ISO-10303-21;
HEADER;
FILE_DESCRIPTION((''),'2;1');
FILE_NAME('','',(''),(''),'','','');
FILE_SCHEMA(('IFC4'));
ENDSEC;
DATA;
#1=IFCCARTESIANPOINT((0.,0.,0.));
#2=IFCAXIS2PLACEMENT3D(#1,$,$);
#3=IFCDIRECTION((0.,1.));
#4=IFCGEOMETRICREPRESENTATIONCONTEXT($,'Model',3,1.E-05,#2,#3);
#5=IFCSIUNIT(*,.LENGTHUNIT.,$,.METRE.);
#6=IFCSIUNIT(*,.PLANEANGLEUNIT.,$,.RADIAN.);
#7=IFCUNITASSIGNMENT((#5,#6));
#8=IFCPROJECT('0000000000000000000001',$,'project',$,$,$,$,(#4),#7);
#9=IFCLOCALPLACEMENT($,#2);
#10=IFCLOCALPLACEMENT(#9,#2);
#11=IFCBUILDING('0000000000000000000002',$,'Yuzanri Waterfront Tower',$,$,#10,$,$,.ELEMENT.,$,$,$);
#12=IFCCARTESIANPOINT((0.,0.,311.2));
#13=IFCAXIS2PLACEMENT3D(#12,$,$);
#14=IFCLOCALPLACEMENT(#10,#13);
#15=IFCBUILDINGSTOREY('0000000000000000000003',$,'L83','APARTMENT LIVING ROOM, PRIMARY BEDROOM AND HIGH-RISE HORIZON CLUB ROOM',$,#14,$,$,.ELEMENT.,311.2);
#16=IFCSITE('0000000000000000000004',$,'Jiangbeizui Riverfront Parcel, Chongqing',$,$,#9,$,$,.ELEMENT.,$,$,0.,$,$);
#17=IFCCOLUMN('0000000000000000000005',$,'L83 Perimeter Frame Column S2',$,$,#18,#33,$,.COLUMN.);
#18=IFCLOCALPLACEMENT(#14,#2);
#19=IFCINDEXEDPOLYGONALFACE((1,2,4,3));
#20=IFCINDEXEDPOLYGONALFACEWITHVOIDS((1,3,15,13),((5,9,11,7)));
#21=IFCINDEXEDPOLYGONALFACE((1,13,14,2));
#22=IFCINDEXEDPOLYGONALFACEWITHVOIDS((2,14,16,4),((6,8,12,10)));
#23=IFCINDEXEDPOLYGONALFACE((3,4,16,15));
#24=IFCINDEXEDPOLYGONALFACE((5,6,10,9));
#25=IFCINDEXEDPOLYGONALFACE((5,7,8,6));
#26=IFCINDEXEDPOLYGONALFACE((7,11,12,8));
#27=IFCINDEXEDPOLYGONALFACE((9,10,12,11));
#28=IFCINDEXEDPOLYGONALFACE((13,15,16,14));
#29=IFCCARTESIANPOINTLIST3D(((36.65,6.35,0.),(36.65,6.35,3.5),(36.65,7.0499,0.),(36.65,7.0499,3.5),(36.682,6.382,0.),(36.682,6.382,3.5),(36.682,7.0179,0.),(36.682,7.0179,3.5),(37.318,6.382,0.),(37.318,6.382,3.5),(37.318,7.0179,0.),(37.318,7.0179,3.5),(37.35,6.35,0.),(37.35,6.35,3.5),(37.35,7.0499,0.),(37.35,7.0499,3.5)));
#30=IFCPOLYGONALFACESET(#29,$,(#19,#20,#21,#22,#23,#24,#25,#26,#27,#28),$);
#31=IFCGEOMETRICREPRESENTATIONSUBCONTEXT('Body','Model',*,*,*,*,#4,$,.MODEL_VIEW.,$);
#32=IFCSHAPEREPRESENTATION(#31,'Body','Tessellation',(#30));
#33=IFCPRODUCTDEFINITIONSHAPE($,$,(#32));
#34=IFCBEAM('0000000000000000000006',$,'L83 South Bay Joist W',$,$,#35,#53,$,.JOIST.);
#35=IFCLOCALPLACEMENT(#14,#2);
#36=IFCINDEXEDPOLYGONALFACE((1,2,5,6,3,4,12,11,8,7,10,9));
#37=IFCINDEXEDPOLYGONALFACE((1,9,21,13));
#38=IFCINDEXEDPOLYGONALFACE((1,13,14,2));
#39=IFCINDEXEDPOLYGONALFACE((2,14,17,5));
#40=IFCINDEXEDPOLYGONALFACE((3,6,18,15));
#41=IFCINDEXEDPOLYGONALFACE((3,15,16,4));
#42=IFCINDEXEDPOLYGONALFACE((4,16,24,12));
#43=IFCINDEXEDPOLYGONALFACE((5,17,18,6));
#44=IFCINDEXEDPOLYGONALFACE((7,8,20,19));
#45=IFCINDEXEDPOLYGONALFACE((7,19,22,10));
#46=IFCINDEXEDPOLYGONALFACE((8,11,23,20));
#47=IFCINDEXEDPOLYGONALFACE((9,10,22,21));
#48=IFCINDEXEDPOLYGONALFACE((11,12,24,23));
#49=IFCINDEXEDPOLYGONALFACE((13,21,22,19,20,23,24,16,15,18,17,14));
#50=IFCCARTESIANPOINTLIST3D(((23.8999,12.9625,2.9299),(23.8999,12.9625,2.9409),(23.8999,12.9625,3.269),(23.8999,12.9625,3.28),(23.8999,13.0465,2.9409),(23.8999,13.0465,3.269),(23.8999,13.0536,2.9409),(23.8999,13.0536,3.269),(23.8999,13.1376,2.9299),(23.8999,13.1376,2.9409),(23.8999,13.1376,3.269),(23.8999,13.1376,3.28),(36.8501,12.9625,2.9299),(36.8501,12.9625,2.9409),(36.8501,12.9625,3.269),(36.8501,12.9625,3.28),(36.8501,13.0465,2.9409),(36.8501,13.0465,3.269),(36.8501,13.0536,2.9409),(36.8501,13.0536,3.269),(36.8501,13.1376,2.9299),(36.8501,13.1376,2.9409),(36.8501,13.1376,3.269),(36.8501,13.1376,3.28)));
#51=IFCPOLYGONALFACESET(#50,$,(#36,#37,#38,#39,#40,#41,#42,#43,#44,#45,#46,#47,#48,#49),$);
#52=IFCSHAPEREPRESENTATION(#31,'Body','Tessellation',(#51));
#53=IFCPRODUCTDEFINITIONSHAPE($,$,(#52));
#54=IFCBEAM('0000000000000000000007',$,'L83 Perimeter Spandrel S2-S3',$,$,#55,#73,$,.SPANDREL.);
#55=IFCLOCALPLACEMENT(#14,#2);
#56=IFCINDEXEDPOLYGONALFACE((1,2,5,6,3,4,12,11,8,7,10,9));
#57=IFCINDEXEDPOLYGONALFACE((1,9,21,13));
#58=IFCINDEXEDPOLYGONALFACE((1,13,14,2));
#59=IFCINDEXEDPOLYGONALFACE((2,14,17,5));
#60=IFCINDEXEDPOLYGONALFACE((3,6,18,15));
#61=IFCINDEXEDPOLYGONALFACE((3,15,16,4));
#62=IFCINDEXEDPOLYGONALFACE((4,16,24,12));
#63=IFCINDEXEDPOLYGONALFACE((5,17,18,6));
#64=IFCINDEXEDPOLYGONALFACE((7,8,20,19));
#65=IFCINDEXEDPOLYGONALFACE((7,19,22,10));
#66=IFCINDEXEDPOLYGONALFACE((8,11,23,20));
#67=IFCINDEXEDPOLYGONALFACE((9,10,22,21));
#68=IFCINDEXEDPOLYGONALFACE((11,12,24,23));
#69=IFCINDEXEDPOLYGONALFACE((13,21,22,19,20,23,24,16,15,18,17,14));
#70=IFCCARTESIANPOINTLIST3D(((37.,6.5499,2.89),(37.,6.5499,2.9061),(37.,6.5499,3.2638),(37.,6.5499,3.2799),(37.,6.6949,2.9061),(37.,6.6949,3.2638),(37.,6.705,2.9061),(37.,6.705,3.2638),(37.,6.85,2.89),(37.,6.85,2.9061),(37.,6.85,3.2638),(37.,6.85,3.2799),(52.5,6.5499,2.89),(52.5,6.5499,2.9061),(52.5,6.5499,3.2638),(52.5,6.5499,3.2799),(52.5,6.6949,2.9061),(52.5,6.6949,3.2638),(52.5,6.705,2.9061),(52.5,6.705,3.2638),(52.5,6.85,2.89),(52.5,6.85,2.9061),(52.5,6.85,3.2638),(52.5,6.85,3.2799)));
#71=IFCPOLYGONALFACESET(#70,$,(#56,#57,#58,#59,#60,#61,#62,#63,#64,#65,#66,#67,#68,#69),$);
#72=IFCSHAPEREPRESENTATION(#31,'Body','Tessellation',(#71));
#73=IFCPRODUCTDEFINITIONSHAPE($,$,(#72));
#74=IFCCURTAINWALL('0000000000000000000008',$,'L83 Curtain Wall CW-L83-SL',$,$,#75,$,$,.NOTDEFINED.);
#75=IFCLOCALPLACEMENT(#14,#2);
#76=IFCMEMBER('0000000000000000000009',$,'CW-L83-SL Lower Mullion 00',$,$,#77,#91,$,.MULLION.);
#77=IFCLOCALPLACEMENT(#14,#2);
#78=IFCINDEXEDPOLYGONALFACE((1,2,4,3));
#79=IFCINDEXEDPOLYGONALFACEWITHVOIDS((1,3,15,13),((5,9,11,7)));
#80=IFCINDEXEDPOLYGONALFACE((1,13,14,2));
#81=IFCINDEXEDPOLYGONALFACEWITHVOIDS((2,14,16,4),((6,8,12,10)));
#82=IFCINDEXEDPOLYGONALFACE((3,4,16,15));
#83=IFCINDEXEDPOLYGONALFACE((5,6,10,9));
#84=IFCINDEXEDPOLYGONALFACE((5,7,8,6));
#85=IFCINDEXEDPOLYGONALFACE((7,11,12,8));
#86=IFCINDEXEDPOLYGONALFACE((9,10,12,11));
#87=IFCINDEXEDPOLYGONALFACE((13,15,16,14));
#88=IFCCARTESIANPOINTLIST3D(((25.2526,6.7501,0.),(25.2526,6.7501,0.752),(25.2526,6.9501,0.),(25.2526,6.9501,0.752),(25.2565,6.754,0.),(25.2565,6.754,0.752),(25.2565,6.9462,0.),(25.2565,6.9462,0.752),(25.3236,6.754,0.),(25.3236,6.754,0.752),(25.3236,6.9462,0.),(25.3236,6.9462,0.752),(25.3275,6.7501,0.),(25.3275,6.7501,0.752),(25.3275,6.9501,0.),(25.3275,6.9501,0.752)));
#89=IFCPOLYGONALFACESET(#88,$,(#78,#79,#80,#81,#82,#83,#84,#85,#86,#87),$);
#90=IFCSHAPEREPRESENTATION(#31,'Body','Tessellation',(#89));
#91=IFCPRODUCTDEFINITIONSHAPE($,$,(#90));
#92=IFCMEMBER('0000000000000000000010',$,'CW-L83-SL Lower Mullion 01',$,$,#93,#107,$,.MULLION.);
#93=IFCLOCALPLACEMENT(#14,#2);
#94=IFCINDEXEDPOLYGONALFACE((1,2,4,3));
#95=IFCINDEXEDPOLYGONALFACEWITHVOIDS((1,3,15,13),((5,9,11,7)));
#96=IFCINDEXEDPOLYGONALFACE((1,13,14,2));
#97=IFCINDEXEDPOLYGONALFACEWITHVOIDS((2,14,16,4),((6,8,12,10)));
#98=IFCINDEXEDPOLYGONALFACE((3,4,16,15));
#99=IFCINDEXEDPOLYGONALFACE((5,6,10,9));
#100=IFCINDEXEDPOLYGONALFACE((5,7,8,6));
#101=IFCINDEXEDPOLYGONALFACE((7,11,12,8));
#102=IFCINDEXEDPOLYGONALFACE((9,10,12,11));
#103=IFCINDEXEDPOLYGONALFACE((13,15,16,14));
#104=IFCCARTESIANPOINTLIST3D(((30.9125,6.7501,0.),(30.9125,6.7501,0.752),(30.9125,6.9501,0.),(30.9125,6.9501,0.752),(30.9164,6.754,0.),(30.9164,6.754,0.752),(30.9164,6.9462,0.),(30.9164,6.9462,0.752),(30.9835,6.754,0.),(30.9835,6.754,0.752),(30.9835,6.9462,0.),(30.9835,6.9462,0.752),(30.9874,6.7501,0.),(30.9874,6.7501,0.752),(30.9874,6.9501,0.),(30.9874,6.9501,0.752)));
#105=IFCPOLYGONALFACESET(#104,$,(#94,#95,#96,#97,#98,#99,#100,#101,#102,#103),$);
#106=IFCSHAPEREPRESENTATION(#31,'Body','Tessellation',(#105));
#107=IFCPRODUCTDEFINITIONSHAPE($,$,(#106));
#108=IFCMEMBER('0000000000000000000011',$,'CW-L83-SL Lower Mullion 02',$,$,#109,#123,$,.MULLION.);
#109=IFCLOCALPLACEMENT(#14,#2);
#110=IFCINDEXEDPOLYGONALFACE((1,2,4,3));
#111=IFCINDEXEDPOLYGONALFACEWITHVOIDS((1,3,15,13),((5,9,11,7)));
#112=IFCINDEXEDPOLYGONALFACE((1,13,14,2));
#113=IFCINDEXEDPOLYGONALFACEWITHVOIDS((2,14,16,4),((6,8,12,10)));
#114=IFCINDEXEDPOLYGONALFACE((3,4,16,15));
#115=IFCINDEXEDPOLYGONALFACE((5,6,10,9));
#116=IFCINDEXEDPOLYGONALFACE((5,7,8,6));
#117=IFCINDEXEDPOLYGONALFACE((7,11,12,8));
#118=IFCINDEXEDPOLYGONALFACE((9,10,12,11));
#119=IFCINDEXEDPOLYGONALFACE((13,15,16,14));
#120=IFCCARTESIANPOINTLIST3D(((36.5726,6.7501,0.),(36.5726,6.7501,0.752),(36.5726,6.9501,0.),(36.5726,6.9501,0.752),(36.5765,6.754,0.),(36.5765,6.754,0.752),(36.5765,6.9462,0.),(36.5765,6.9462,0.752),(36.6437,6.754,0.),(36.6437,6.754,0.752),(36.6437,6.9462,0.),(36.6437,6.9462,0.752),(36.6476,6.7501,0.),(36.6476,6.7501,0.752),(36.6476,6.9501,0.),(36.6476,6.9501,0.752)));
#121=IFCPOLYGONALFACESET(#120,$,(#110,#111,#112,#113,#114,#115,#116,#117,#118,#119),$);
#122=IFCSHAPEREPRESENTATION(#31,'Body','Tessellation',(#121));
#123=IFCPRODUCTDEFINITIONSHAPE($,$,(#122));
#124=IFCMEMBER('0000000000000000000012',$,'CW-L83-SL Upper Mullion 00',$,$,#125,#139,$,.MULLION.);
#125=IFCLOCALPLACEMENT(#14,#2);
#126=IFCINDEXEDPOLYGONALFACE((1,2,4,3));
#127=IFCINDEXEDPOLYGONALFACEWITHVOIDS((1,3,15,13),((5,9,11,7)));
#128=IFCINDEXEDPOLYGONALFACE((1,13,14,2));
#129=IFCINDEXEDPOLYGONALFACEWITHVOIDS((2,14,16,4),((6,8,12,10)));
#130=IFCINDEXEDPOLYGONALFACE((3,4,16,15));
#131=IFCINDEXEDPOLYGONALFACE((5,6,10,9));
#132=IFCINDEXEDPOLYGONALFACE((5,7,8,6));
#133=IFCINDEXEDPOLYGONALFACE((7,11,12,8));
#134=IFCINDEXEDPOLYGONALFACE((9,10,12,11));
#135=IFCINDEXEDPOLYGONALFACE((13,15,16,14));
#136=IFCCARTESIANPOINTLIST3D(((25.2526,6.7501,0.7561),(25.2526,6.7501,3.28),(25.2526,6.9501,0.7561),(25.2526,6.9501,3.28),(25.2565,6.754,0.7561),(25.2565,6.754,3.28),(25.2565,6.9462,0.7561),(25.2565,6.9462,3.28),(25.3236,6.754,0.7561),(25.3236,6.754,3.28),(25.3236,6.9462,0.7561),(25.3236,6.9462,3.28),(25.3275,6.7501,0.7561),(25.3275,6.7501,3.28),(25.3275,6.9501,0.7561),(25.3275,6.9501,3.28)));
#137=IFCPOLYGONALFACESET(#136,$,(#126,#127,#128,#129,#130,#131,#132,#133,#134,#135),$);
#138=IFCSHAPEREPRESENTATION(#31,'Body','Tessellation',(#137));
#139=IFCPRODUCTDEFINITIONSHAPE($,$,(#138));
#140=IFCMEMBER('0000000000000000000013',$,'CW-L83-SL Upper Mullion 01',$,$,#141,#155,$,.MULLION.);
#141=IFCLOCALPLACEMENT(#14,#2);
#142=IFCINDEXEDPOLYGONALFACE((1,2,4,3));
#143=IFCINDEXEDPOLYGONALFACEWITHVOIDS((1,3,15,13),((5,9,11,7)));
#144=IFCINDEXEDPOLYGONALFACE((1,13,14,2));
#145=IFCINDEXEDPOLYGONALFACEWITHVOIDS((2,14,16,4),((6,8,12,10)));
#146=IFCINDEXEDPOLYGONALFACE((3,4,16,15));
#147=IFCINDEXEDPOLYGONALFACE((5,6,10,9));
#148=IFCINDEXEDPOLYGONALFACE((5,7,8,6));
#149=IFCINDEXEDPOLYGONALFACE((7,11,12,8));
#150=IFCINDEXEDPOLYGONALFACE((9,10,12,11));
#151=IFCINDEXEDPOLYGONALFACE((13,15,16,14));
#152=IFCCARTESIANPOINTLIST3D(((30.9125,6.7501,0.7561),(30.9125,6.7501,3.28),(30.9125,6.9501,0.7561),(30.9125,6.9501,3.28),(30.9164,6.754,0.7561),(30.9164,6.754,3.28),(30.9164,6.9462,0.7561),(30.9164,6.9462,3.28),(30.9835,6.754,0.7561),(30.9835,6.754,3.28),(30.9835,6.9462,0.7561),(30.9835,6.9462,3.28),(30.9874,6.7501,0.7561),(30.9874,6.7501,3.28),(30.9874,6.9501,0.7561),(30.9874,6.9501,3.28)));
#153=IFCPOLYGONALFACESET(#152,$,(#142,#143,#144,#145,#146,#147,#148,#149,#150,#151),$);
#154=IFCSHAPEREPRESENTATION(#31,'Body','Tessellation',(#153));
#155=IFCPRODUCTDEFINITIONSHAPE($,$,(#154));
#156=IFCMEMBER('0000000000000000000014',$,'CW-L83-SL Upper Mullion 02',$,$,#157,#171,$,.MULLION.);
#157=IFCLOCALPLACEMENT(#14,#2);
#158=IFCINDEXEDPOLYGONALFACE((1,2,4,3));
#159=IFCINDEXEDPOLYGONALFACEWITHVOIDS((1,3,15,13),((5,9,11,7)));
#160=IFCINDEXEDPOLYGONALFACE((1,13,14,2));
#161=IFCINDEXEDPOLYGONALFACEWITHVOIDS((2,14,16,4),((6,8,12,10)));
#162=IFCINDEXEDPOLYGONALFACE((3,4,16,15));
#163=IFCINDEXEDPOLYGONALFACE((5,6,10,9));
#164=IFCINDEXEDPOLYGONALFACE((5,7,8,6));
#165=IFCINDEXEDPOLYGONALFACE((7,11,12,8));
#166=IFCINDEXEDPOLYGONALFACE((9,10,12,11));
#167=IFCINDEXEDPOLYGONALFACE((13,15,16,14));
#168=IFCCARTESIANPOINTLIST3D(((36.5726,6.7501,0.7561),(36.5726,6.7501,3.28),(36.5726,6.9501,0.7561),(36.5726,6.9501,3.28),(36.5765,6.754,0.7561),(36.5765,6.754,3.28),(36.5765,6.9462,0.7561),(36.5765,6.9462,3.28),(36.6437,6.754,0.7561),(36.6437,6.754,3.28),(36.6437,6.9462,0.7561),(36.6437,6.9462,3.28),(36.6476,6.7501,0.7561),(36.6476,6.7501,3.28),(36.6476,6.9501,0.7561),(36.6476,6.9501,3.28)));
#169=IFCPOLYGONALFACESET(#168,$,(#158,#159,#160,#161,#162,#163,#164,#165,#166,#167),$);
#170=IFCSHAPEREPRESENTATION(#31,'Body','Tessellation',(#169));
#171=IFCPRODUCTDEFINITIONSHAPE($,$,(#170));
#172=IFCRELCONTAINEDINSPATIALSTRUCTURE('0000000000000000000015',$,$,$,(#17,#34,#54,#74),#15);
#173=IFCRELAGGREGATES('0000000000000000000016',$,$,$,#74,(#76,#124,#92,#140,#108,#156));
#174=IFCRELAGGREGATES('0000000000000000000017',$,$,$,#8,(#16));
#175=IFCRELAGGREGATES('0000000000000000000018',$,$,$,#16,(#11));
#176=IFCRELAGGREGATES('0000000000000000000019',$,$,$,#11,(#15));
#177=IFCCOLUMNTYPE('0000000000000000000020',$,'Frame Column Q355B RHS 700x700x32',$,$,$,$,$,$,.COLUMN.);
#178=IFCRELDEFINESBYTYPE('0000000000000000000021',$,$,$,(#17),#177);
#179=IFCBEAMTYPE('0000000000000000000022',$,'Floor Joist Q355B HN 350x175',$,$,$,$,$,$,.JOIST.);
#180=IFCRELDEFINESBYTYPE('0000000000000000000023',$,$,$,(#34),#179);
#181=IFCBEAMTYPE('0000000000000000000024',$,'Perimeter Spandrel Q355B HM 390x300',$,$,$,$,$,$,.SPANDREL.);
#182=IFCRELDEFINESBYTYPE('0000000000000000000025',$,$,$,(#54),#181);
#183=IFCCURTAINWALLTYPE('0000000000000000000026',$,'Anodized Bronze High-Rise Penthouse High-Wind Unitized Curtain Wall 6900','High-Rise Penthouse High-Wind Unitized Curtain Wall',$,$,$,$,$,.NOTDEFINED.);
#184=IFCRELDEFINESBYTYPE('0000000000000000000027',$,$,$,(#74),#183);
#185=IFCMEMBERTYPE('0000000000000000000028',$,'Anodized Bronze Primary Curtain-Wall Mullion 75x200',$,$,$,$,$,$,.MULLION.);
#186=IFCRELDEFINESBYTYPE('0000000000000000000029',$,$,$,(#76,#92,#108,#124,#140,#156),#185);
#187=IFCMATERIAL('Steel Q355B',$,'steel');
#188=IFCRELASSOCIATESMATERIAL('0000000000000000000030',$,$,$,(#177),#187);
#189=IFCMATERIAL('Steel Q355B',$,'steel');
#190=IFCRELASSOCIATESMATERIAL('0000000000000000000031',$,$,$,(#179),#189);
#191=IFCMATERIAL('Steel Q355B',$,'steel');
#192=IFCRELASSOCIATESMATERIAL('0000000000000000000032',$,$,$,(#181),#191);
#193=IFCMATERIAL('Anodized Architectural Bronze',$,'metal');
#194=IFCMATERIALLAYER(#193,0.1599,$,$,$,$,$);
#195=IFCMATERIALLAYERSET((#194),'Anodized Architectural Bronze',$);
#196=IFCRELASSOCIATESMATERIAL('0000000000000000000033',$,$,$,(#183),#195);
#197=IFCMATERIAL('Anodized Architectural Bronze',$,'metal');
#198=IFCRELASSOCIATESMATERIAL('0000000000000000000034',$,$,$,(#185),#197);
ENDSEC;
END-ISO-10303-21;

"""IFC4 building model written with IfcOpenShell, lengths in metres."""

from ifc_helpers import new_model, si_unit, direction, frame, origin, origin_2d, place, context, subcontext, project, spatial, hollow_rectangle, i_section, extrude, source, transform, mapped, material, layer, layer_set, material_profile, profile_set, type_object, element, aggregate, save


model = new_model("IFC4")

# Units and contexts
model_context = context("Model", 3, precision=1e-05, world=origin(), true_north=direction((0.0, 1.0)))
body_context = subcontext(model_context, "Body", "Model", "MODEL_VIEW")
ifc_project = project(units=[si_unit("LENGTHUNIT", "METRE"), si_unit("PLANEANGLEUNIT", "RADIAN")], contexts=[model_context])

# Site, building, storey
site_placement = place(None, origin())
site = spatial("IfcSite", under=ifc_project, at=site_placement, Name="Jiangbeizui Riverfront Parcel, Chongqing", CompositionType="ELEMENT", RefElevation=0.0)
building_placement = place(site_placement, origin())
building = spatial("IfcBuilding", under=site, at=building_placement, Name="Yuzanri Waterfront Tower", CompositionType="ELEMENT")
storey_placement = place(building_placement, frame((0.0, 0.0, 311.2)))
storey = spatial("IfcBuildingStorey", under=building, at=storey_placement, Name="L83", Description="APARTMENT LIVING ROOM, PRIMARY BEDROOM AND HIGH-RISE HORIZON CLUB ROOM", CompositionType="ELEMENT", Elevation=311.2)

# Column
ifc_material_1 = material(Name="Steel Q355B", Category="steel")
ifc_material_profile_1 = material_profile(ifc_material_1, hollow_rectangle(XDim=0.7, YDim=0.7, WallThickness=0.032, at=origin_2d()), Name="RHS 700x700x32")
ifc_profile_set_1 = profile_set([ifc_material_profile_1], Name="Steel Q355B")
column_type = type_object("IfcColumnType", Name="Frame Column Q355B RHS 700x700x32", PredefinedType="COLUMN", material=ifc_profile_set_1)
shared_shape_1 = source(origin(), body_context, "Body", "SweptSolid", [
    extrude(hollow_rectangle(XDim=0.7, YDim=0.7, WallThickness=0.032, at=origin_2d()), origin(), (0.0, 0.0, 1.0), 3.5),
])
column_placement = place(storey_placement, frame((37.0, 6.7, 0.0), z_axis=(0.0, 0.0, 1.0), x_axis=(1.0, 0.0, 0.0)))
element("IfcColumn", 1, at=column_placement, inside=storey, type_object=column_type, Name="L83 Perimeter Frame Column S2", PredefinedType="COLUMN", context=body_context, shape_type="MappedRepresentation", body=[
    mapped(shared_shape_1, transform((0.0, 0.0, 0.0), scale=1.0)),
])

# Beams
ifc_material_2 = material(Name="Steel Q355B", Category="steel")
ifc_material_profile_2 = material_profile(ifc_material_2, i_section(OverallWidth=0.175, OverallDepth=0.3501, WebThickness=0.0071, FlangeThickness=0.011, at=origin_2d()), Name="HN 350x175x7x11")
ifc_profile_set_2 = profile_set([ifc_material_profile_2], Name="Steel Q355B")
beam_type_1 = type_object("IfcBeamType", Name="Floor Joist Q355B HN 350x175", PredefinedType="JOIST", material=ifc_profile_set_2)
shared_shape_2 = source(origin(), body_context, "Body", "SweptSolid", [
    extrude(i_section(OverallWidth=0.175, OverallDepth=0.3501, WebThickness=0.0071, FlangeThickness=0.011, at=origin_2d()), origin(), (0.0, 0.0, 1.0), 12.9502),
])
beam_1_placement = place(storey_placement, frame((23.8999, 13.05, 3.105), z_axis=(1.0, 0.0, 0.0), x_axis=(0.0, 1.0, 0.0)))
element("IfcBeam", 2, at=beam_1_placement, inside=storey, type_object=beam_type_1, Name="L83 South Bay Joist W", PredefinedType="JOIST", context=body_context, shape_type="MappedRepresentation", body=[
    mapped(shared_shape_2, transform((0.0, 0.0, 0.0), scale=1.0)),
])
ifc_material_3 = material(Name="Steel Q355B", Category="steel")
ifc_material_profile_3 = material_profile(ifc_material_3, i_section(OverallWidth=0.3, OverallDepth=0.3899, WebThickness=0.01, FlangeThickness=0.0161, at=origin_2d()), Name="HM 390x300x10x16")
ifc_profile_set_3 = profile_set([ifc_material_profile_3], Name="Steel Q355B")
beam_type_2 = type_object("IfcBeamType", Name="Perimeter Spandrel Q355B HM 390x300", PredefinedType="SPANDREL", material=ifc_profile_set_3)
shared_shape_3 = source(origin(), body_context, "Body", "SweptSolid", [
    extrude(i_section(OverallWidth=0.3, OverallDepth=0.3899, WebThickness=0.01, FlangeThickness=0.0161, at=origin_2d()), origin(), (0.0, 0.0, 1.0), 15.5),
])
beam_2_placement = place(storey_placement, frame((37.0, 6.7, 3.085), z_axis=(1.0, 0.0, 0.0), x_axis=(0.0, 1.0, 0.0)))
element("IfcBeam", 3, at=beam_2_placement, inside=storey, type_object=beam_type_2, Name="L83 Perimeter Spandrel S2-S3", PredefinedType="SPANDREL", context=body_context, shape_type="MappedRepresentation", body=[
    mapped(shared_shape_3, transform((0.0, 0.0, 0.0), scale=1.0)),
])

# Curtain wall, members
ifc_material_4 = material(Name="Anodized Architectural Bronze", Category="metal")
ifc_layer_1 = layer(ifc_material_4, 0.1599)
ifc_layer_set_1 = layer_set([ifc_layer_1], Name="Anodized Architectural Bronze")
curtain_wall_type = type_object("IfcCurtainWallType", Name="Anodized Bronze High-Rise Penthouse High-Wind Unitized Curtain Wall 6900", Description="High-Rise Penthouse High-Wind Unitized Curtain Wall", PredefinedType="NOTDEFINED", material=ifc_layer_set_1)
curtain_wall_placement = place(storey_placement, origin())
curtain_wall = element("IfcCurtainWall", 4, at=curtain_wall_placement, inside=storey, type_object=curtain_wall_type, Name="L83 Curtain Wall CW-L83-SL", PredefinedType="NOTDEFINED")
ifc_material_5 = material(Name="Anodized Architectural Bronze", Category="metal")
ifc_material_profile_4 = material_profile(ifc_material_5, hollow_rectangle(XDim=0.075, YDim=0.2, WallThickness=0.0039, at=origin_2d()), Name="CWM 75x200")
ifc_profile_set_4 = profile_set([ifc_material_profile_4], Name="Anodized Architectural Bronze")
member_type_1 = type_object("IfcMemberType", Name="Anodized Bronze Primary Curtain-Wall Mullion 75x200", PredefinedType="MULLION", material=ifc_profile_set_4)
shared_shape_4 = source(origin(), body_context, "Body", "SweptSolid", [
    extrude(hollow_rectangle(XDim=0.075, YDim=0.2, WallThickness=0.0039, at=origin_2d()), origin(), (0.0, 0.0, 1.0), 0.752),
])
member_1_placement = place(storey_placement, frame((25.29, 6.8501, 0.0), z_axis=(0.0, 0.0, 1.0), x_axis=(1.0, 0.0, 0.0)))
member_1 = element("IfcMember", 5, at=member_1_placement, type_object=member_type_1, Name="CW-L83-SL Lower Mullion 00", PredefinedType="MULLION", context=body_context, shape_type="MappedRepresentation", body=[
    mapped(shared_shape_4, transform((0.0, 0.0, 0.0), scale=1.0)),
])
member_2_placement = place(storey_placement, frame((30.95, 6.8501, 0.0), z_axis=(0.0, 0.0, 1.0), x_axis=(1.0, 0.0, 0.0)))
member_2 = element("IfcMember", 6, at=member_2_placement, type_object=member_type_1, Name="CW-L83-SL Lower Mullion 01", PredefinedType="MULLION", context=body_context, shape_type="MappedRepresentation", body=[
    mapped(shared_shape_4, transform((0.0, 0.0, 0.0), scale=1.0)),
])
member_3_placement = place(storey_placement, frame((36.6101, 6.8501, 0.0), z_axis=(0.0, 0.0, 1.0), x_axis=(1.0, 0.0, 0.0)))
member_3 = element("IfcMember", 7, at=member_3_placement, type_object=member_type_1, Name="CW-L83-SL Lower Mullion 02", PredefinedType="MULLION", context=body_context, shape_type="MappedRepresentation", body=[
    mapped(shared_shape_4, transform((0.0, 0.0, 0.0), scale=1.0)),
])
shared_shape_5 = source(origin(), body_context, "Body", "SweptSolid", [
    extrude(hollow_rectangle(XDim=0.075, YDim=0.2, WallThickness=0.0039, at=origin_2d()), origin(), (0.0, 0.0, 1.0), 2.5239),
])
member_4_placement = place(storey_placement, frame((25.29, 6.8501, 0.7561), z_axis=(0.0, 0.0, 1.0), x_axis=(1.0, 0.0, 0.0)))
member_4 = element("IfcMember", 8, at=member_4_placement, type_object=member_type_1, Name="CW-L83-SL Upper Mullion 00", PredefinedType="MULLION", context=body_context, shape_type="MappedRepresentation", body=[
    mapped(shared_shape_5, transform((0.0, 0.0, 0.0), scale=1.0)),
])
member_5_placement = place(storey_placement, frame((30.95, 6.8501, 0.7561), z_axis=(0.0, 0.0, 1.0), x_axis=(1.0, 0.0, 0.0)))
member_5 = element("IfcMember", 9, at=member_5_placement, type_object=member_type_1, Name="CW-L83-SL Upper Mullion 01", PredefinedType="MULLION", context=body_context, shape_type="MappedRepresentation", body=[
    mapped(shared_shape_5, transform((0.0, 0.0, 0.0), scale=1.0)),
])
member_6_placement = place(storey_placement, frame((36.6101, 6.8501, 0.7561), z_axis=(0.0, 0.0, 1.0), x_axis=(1.0, 0.0, 0.0)))
member_6 = element("IfcMember", 10, at=member_6_placement, type_object=member_type_1, Name="CW-L83-SL Upper Mullion 02", PredefinedType="MULLION", context=body_context, shape_type="MappedRepresentation", body=[
    mapped(shared_shape_5, transform((0.0, 0.0, 0.0), scale=1.0)),
])

aggregate(curtain_wall, [member_1, member_4, member_2, member_5, member_3, member_6])

save(model, "model.ifc")
